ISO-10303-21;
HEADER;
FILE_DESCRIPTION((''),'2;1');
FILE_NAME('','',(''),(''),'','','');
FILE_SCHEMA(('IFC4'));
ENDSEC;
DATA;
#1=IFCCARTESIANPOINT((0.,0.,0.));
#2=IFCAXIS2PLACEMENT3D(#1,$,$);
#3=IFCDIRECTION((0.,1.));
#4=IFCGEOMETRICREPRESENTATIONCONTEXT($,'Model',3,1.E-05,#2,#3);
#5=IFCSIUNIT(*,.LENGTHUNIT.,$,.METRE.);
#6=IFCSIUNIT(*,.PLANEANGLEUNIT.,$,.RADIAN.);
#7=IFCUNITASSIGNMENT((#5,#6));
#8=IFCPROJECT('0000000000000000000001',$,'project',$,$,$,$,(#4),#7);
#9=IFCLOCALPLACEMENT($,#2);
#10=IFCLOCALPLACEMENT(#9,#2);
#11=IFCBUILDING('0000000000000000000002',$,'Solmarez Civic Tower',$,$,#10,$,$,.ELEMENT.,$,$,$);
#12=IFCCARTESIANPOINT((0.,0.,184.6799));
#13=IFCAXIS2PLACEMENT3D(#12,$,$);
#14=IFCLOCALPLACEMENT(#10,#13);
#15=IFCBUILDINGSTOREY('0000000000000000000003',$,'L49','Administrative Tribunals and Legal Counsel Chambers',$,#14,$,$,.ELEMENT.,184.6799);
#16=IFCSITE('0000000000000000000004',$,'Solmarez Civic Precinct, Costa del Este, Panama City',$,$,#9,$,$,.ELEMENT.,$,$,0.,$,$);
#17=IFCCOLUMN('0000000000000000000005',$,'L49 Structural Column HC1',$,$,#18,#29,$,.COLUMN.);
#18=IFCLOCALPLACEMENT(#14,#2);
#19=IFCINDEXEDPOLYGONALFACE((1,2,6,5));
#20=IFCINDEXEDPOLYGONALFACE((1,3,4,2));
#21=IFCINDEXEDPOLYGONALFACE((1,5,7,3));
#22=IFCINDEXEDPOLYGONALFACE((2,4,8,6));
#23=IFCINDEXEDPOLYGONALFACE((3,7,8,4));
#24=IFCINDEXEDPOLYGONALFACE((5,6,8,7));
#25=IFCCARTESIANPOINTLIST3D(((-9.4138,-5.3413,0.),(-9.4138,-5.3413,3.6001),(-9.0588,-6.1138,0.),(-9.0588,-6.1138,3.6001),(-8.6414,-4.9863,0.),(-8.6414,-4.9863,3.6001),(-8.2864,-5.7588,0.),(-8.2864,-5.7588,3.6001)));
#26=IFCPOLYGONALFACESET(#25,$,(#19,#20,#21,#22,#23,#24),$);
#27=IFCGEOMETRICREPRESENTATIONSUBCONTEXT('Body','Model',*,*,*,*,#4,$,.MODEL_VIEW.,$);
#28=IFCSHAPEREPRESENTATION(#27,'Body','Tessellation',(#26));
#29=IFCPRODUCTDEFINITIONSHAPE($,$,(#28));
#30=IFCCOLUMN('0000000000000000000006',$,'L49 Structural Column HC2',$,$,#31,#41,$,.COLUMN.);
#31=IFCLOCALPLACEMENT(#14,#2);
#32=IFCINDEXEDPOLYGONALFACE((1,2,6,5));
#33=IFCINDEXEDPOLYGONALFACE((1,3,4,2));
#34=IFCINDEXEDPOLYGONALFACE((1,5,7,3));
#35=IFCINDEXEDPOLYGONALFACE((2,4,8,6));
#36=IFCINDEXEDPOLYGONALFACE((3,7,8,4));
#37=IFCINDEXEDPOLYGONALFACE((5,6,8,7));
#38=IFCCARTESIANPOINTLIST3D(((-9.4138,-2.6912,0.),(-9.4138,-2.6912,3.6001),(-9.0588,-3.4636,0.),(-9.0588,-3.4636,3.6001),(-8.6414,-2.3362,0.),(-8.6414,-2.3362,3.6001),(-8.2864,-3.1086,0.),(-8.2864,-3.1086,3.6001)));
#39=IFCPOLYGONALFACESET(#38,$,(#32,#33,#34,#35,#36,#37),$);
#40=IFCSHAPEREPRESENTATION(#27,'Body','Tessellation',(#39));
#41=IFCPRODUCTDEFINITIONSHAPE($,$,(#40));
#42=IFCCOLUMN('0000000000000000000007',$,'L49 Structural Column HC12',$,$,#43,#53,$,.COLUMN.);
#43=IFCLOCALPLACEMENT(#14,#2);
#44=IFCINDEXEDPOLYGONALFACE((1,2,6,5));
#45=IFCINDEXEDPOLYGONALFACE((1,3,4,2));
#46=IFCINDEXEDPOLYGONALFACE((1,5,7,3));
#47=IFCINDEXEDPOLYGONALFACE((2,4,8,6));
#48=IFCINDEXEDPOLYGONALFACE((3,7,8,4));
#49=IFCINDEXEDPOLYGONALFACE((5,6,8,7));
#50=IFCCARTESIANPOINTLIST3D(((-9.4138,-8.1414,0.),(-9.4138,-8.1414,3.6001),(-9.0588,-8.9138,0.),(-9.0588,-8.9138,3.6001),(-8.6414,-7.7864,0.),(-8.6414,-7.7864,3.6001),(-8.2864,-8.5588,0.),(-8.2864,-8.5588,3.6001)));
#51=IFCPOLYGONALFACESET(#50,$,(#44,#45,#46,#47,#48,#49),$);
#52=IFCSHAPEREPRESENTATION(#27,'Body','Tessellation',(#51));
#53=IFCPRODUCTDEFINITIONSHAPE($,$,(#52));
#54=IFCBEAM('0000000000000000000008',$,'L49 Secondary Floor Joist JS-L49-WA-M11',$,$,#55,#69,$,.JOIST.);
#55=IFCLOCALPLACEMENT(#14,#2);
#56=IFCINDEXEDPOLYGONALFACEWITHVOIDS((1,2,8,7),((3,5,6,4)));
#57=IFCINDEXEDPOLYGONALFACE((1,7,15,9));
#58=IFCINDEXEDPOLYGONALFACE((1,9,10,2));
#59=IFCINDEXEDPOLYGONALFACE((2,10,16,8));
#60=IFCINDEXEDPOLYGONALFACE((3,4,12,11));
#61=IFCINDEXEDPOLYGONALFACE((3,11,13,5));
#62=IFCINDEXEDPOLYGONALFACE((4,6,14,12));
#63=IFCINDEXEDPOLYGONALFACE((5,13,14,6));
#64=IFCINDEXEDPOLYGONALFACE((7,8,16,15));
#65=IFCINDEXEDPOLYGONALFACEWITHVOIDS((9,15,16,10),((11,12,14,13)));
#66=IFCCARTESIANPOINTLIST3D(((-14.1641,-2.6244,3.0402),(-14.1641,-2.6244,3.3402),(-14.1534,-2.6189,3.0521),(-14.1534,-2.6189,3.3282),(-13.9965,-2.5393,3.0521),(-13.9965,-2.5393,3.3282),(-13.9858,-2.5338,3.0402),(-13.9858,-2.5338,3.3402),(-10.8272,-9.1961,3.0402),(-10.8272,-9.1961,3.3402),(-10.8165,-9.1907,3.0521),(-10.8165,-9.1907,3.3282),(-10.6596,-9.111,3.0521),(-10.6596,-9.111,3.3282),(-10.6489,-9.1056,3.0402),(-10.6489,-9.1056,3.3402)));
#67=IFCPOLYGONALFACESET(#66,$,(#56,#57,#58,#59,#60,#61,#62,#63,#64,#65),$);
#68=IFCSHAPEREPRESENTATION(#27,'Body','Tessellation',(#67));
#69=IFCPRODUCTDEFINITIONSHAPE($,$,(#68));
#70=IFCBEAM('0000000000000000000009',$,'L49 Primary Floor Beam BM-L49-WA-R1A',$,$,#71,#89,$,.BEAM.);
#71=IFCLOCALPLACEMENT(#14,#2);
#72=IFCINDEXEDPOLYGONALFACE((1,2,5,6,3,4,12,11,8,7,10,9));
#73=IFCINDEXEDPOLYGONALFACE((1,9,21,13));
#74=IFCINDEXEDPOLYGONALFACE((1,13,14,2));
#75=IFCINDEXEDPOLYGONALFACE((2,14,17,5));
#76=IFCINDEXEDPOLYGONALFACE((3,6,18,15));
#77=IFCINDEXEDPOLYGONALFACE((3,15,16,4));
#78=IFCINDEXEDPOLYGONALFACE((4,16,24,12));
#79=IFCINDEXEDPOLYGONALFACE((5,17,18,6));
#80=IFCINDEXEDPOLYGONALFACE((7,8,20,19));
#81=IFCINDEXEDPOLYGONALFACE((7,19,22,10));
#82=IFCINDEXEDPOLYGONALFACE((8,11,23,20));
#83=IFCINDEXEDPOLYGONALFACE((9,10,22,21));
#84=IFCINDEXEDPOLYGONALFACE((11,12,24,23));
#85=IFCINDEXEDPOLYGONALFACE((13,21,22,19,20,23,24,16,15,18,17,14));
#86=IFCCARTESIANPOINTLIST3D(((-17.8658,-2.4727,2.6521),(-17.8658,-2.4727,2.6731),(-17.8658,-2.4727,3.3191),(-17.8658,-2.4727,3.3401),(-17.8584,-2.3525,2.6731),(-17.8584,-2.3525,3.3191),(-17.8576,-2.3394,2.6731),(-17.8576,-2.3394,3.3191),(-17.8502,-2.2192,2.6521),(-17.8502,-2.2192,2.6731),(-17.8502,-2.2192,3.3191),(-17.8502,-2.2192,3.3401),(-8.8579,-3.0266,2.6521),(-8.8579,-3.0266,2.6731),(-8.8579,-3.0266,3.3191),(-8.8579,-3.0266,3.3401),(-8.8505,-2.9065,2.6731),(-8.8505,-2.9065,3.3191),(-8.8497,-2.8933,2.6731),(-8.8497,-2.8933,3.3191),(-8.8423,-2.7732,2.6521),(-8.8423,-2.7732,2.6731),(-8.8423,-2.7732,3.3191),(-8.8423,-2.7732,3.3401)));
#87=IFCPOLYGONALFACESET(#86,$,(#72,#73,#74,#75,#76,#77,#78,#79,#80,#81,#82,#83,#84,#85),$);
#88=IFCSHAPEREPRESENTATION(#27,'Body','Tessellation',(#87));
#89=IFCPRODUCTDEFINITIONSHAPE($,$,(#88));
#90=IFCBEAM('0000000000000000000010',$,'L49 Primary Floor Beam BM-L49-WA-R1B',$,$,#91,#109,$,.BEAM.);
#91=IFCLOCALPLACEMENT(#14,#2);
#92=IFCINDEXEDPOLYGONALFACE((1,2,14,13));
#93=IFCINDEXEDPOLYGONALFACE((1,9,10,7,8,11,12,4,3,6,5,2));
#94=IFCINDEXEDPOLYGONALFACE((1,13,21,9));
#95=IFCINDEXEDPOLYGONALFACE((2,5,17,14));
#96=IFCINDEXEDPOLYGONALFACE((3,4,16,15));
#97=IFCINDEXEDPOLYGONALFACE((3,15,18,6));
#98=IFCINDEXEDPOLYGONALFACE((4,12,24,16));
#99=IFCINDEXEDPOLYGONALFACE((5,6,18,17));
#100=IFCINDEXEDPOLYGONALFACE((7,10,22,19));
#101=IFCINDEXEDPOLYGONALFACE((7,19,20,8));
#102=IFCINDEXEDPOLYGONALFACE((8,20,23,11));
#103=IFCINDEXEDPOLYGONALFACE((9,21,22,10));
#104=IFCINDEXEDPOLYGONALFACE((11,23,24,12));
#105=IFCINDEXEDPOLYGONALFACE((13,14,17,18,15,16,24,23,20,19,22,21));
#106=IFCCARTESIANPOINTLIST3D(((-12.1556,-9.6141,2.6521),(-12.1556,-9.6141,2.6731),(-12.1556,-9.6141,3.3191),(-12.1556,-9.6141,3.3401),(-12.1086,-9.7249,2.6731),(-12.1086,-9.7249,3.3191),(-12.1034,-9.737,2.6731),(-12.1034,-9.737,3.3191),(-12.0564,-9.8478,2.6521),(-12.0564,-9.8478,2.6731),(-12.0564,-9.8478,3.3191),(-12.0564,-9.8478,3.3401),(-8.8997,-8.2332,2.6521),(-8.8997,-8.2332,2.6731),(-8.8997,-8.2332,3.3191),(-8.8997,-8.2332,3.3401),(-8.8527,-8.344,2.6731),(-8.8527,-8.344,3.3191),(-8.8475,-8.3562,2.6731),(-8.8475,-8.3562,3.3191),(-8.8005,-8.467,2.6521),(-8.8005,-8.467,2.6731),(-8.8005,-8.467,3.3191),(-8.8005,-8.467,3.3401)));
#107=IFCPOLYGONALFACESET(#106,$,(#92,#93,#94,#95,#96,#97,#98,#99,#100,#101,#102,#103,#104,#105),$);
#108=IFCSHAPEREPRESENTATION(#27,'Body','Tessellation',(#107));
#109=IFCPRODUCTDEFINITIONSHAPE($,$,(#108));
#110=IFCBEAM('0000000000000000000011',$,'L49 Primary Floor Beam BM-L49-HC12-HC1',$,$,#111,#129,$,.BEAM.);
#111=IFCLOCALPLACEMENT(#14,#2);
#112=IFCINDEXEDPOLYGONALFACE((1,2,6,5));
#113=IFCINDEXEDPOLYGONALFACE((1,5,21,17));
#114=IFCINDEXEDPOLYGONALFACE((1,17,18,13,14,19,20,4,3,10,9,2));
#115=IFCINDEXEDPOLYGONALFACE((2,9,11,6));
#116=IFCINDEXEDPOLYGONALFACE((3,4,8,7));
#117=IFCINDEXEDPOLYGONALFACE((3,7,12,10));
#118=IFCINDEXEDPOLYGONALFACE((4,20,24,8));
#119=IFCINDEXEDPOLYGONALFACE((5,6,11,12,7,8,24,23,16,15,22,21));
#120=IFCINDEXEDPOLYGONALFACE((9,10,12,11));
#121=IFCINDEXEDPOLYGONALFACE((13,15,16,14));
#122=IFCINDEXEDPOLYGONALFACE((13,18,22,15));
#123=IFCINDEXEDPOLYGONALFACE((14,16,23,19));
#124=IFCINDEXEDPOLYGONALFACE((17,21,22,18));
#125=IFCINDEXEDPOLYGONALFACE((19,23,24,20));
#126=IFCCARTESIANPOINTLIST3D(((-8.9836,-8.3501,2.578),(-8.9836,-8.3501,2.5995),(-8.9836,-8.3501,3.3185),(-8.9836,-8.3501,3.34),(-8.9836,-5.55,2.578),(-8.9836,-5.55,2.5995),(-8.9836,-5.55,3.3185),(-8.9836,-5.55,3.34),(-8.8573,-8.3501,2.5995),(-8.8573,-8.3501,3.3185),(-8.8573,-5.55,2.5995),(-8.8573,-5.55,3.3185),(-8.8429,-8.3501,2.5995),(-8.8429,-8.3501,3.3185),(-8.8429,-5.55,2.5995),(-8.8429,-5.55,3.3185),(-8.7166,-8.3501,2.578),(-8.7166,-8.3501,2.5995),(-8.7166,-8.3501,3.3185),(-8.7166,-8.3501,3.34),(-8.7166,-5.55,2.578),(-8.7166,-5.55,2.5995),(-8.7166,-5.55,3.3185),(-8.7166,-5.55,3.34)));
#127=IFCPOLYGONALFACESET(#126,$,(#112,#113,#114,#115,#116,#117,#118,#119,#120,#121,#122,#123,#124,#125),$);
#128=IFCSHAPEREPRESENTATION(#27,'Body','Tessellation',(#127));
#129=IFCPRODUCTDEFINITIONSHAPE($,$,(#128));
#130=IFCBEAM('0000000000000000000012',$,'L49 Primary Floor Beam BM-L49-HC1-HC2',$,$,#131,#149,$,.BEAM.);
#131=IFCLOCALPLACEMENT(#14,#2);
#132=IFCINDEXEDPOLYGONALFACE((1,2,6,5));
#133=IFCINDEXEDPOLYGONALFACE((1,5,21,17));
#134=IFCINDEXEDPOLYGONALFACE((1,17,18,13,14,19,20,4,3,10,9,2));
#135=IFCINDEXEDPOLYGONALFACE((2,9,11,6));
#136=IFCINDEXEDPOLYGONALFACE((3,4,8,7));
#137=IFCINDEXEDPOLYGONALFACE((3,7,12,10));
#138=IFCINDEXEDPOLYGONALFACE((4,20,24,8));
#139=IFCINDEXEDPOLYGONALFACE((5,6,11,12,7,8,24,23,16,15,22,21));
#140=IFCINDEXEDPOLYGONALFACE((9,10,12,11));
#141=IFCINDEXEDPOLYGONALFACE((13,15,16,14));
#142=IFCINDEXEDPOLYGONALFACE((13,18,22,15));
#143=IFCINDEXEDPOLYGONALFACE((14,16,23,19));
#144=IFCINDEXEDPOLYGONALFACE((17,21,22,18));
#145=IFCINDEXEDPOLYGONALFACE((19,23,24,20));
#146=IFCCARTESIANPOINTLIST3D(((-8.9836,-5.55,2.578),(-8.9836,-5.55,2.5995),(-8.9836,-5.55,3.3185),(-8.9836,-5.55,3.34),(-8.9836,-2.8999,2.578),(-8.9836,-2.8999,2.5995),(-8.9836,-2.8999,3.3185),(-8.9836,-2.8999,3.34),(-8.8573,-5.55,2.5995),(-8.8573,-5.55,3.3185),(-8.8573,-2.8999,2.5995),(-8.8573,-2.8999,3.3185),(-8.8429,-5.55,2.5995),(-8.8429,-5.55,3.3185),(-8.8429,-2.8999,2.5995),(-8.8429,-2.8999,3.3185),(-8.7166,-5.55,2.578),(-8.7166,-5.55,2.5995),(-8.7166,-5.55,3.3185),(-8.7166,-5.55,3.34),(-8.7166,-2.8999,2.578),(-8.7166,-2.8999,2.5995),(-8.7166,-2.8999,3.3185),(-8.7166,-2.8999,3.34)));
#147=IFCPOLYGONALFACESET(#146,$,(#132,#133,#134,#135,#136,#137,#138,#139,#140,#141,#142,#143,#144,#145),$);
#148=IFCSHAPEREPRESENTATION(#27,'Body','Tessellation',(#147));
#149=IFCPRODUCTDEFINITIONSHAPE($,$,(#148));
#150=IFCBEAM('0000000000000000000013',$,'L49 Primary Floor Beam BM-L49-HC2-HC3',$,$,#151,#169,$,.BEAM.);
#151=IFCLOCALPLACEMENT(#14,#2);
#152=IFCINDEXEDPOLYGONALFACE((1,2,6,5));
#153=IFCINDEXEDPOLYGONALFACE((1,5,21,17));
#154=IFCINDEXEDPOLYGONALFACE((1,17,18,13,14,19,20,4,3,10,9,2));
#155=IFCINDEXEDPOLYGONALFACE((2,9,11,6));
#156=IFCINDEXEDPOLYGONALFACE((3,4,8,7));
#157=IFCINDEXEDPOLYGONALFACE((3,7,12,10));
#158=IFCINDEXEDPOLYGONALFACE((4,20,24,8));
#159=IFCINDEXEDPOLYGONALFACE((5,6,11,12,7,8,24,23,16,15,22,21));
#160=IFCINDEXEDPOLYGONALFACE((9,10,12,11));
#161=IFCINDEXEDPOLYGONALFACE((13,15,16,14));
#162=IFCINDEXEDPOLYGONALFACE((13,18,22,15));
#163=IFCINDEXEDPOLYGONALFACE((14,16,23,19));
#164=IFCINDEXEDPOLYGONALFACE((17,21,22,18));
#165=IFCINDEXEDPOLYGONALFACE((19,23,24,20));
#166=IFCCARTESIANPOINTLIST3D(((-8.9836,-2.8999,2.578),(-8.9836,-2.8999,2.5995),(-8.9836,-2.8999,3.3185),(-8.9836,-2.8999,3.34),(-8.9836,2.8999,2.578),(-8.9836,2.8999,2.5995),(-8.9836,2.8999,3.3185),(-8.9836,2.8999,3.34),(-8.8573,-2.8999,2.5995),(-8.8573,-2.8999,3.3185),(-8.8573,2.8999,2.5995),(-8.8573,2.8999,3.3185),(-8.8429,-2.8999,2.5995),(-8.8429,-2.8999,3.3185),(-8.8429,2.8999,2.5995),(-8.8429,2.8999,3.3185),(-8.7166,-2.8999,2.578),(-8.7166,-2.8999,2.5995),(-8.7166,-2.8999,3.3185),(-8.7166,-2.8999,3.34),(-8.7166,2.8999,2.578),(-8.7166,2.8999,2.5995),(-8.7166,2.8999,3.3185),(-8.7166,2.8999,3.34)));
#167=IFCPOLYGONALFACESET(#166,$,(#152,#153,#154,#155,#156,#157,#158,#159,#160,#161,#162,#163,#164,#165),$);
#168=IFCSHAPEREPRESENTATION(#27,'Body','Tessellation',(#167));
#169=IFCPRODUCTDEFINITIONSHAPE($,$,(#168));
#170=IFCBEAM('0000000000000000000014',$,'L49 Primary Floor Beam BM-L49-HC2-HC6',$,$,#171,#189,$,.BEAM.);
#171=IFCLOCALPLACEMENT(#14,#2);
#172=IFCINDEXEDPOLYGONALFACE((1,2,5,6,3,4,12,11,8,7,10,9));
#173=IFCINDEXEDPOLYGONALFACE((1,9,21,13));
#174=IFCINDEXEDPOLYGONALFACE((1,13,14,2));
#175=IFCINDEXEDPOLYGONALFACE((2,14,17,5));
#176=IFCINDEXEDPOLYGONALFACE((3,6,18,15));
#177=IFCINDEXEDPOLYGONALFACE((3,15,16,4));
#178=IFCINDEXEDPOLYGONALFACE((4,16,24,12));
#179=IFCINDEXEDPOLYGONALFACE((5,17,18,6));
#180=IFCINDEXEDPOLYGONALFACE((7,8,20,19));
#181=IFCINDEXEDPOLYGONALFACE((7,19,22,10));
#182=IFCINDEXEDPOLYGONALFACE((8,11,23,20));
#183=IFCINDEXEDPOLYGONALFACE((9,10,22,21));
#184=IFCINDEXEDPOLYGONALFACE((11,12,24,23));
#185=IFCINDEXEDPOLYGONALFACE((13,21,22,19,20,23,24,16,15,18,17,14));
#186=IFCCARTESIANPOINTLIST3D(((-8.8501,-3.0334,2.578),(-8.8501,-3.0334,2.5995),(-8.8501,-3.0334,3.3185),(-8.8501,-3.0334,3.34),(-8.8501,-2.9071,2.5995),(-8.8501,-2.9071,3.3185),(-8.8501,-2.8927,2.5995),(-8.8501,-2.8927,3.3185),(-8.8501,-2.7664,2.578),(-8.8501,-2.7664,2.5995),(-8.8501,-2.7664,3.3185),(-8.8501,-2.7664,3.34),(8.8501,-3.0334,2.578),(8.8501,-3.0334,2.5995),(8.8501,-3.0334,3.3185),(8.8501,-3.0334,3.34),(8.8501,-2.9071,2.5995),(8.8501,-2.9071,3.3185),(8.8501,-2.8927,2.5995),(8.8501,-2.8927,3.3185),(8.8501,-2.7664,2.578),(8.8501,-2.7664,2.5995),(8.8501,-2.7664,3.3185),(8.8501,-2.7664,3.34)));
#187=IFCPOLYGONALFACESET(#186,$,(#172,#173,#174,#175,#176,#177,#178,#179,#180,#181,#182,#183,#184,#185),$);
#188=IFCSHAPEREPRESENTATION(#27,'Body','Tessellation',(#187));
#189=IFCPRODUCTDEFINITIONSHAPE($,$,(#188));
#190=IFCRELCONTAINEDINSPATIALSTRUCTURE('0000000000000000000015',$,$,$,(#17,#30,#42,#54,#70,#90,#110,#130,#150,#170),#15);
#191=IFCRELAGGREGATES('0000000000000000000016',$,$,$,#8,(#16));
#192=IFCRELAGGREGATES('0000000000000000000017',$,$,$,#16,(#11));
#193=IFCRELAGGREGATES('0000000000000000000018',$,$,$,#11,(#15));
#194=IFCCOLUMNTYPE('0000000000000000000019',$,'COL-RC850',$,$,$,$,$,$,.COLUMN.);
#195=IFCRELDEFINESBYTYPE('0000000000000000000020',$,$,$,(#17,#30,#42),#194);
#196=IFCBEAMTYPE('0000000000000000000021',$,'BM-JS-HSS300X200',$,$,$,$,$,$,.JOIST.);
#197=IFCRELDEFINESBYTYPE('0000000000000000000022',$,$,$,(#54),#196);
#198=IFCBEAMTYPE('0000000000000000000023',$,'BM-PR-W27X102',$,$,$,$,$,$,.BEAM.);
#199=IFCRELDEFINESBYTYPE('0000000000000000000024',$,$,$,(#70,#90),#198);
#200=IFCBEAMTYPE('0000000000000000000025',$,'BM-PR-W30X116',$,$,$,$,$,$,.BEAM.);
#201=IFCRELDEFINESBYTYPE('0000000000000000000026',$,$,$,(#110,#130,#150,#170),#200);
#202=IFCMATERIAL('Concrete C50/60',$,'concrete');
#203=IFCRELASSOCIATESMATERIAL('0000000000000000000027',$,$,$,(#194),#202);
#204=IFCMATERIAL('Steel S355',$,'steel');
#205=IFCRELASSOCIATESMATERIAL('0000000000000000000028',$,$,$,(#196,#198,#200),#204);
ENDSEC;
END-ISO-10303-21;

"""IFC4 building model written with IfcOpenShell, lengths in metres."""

from ifc_helpers import new_model, si_unit, direction, frame, origin, origin_2d, place, context, subcontext, project, spatial, rectangle, hollow_rectangle, i_section, extrude, material, material_profile, profile_set, type_object, element, save


model = new_model("IFC4")

# Units and contexts
model_context = context("Model", 3, precision=1e-05, world=origin(), true_north=direction((0.0, 1.0)))
body_context = subcontext(model_context, "Body", "Model", "MODEL_VIEW")
ifc_project = project(units=[si_unit("LENGTHUNIT", "METRE"), si_unit("PLANEANGLEUNIT", "RADIAN")], contexts=[model_context])

# Site, building, storey
site_placement = place(None, origin())
site = spatial("IfcSite", under=ifc_project, at=site_placement, Name="Solmarez Civic Precinct, Costa del Este, Panama City", CompositionType="ELEMENT", RefElevation=0.0)
building_placement = place(site_placement, origin())
building = spatial("IfcBuilding", under=site, at=building_placement, Name="Solmarez Civic Tower", CompositionType="ELEMENT")
storey_placement = place(building_placement, frame((0.0, 0.0, 184.6799)))
storey = spatial("IfcBuildingStorey", under=building, at=storey_placement, Name="L49", Description="Administrative Tribunals and Legal Counsel Chambers", CompositionType="ELEMENT", Elevation=184.6799)

# Columns
ifc_material_1 = material(Name="Concrete C50/60", Category="concrete")
ifc_material_profile_1 = material_profile(ifc_material_1, rectangle(XDim=0.8501, YDim=0.8501, at=origin_2d()), Name="RC850X850")
ifc_profile_set_1 = profile_set([ifc_material_profile_1], Name="Concrete C50/60")
column_type = type_object("IfcColumnType", Name="COL-RC850", PredefinedType="COLUMN", material=ifc_profile_set_1)
for number, where, z_axis, x_axis, name in (
    (1, (-8.8501, -5.55, 0.0), (0.0, 0.0, 1.0), (0.908654, 0.41755, 0.0), "L49 Structural Column HC1"),
    (2, (-8.8501, -2.8999, 0.0), (0.0, 0.0, 1.0), (0.908654, 0.41755, 0.0), "L49 Structural Column HC2"),
    (3, (-8.8501, -8.3501, 0.0), (0.0, 0.0, 1.0), (0.908654, 0.41755, 0.0), "L49 Structural Column HC12"),
):
    element("IfcColumn", number, at=place(storey_placement, frame(where, z_axis=z_axis, x_axis=x_axis)), inside=storey, type_object=column_type, Name=name, PredefinedType="COLUMN", context=body_context, shape_type="SweptSolid", body=[
        extrude(rectangle(XDim=0.8501, YDim=0.8501, at=origin_2d()), origin(), (0.0, 0.0, 1.0), 3.6001),
    ])

# Beams
ifc_material_2 = material(Name="Steel S355", Category="steel")
ifc_material_profile_2 = material_profile(ifc_material_2, hollow_rectangle(XDim=0.2, YDim=0.3, WallThickness=0.012, at=origin_2d()), Name="HSS300X200X12")
ifc_profile_set_2 = profile_set([ifc_material_profile_2], Name="Steel S355")
beam_type_1 = type_object("IfcBeamType", Name="BM-JS-HSS300X200", PredefinedType="JOIST", material=ifc_profile_set_2)
beam_1_placement = place(storey_placement, frame((-14.075, -2.5791, 3.1902), z_axis=(0.452743, -0.891641, 0.0), x_axis=(0.891641, 0.452743, 0.0)))
element("IfcBeam", 4, at=beam_1_placement, inside=storey, type_object=beam_type_1, Name="L49 Secondary Floor Joist JS-L49-WA-M11", PredefinedType="JOIST", context=body_context, shape_type="SweptSolid", body=[
    extrude(hollow_rectangle(XDim=0.2, YDim=0.3, WallThickness=0.012, at=origin_2d()), origin(), (0.0, 0.0, 1.0), 7.3704),
])
ifc_material_profile_3 = material_profile(ifc_material_2, i_section(OverallWidth=0.2539, OverallDepth=0.688, WebThickness=0.0132, FlangeThickness=0.021, at=origin_2d()), Name="W27X102")
ifc_profile_set_3 = profile_set([ifc_material_profile_3], Name="Steel S355")
beam_type_2 = type_object("IfcBeamType", Name="BM-PR-W27X102", PredefinedType="BEAM", material=ifc_profile_set_3)
beam_2_placement = place(storey_placement, frame((-8.8501, -2.8999, 2.9961), z_axis=(-0.998114, 0.061381, 0.0), x_axis=(-0.061381, -0.998114, 0.0)))
element("IfcBeam", 5, at=beam_2_placement, inside=storey, type_object=beam_type_2, Name="L49 Primary Floor Beam BM-L49-WA-R1A", PredefinedType="BEAM", context=body_context, shape_type="SweptSolid", body=[
    extrude(i_section(OverallWidth=0.2539, OverallDepth=0.688, WebThickness=0.0132, FlangeThickness=0.021, at=origin_2d()), origin(), (0.0, 0.0, 1.0), 9.0249),
])
beam_3_placement = place(storey_placement, frame((-8.8501, -8.3501, 2.9961), z_axis=(-0.920624, -0.390451, 0.0), x_axis=(0.390451, -0.920624, 0.0)))
element("IfcBeam", 6, at=beam_3_placement, inside=storey, type_object=beam_type_2, Name="L49 Primary Floor Beam BM-L49-WA-R1B", PredefinedType="BEAM", context=body_context, shape_type="SweptSolid", body=[
    extrude(i_section(OverallWidth=0.2539, OverallDepth=0.688, WebThickness=0.0132, FlangeThickness=0.021, at=origin_2d()), origin(), (0.0, 0.0, 1.0), 3.5366),
])
ifc_material_profile_4 = material_profile(ifc_material_2, i_section(OverallWidth=0.2671, OverallDepth=0.762, WebThickness=0.0144, FlangeThickness=0.0215, at=origin_2d()), Name="W30X116")
ifc_profile_set_4 = profile_set([ifc_material_profile_4], Name="Steel S355")
beam_type_3 = type_object("IfcBeamType", Name="BM-PR-W30X116", PredefinedType="BEAM", material=ifc_profile_set_4)
beam_4_placement = place(storey_placement, frame((-8.8501, -8.3501, 2.959), z_axis=(0.0, 1.0, 0.0), x_axis=(-1.0, 0.0, 0.0)))
element("IfcBeam", 7, at=beam_4_placement, inside=storey, type_object=beam_type_3, Name="L49 Primary Floor Beam BM-L49-HC12-HC1", PredefinedType="BEAM", context=body_context, shape_type="SweptSolid", body=[
    extrude(i_section(OverallWidth=0.2671, OverallDepth=0.762, WebThickness=0.0144, FlangeThickness=0.0215, at=origin_2d()), origin(), (0.0, 0.0, 1.0), 2.8),
])
beam_5_placement = place(storey_placement, frame((-8.8501, -5.55, 2.959), z_axis=(0.0, 1.0, 0.0), x_axis=(-1.0, 0.0, 0.0)))
element("IfcBeam", 8, at=beam_5_placement, inside=storey, type_object=beam_type_3, Name="L49 Primary Floor Beam BM-L49-HC1-HC2", PredefinedType="BEAM", context=body_context, shape_type="SweptSolid", body=[
    extrude(i_section(OverallWidth=0.2671, OverallDepth=0.762, WebThickness=0.0144, FlangeThickness=0.0215, at=origin_2d()), origin(), (0.0, 0.0, 1.0), 2.6501),
])
beam_6_placement = place(storey_placement, frame((-8.8501, -2.8999, 2.959), z_axis=(0.0, 1.0, 0.0), x_axis=(-1.0, 0.0, 0.0)))
element("IfcBeam", 9, at=beam_6_placement, inside=storey, type_object=beam_type_3, Name="L49 Primary Floor Beam BM-L49-HC2-HC3", PredefinedType="BEAM", context=body_context, shape_type="SweptSolid", body=[
    extrude(i_section(OverallWidth=0.2671, OverallDepth=0.762, WebThickness=0.0144, FlangeThickness=0.0215, at=origin_2d()), origin(), (0.0, 0.0, 1.0), 5.7998),
])
beam_7_placement = place(storey_placement, frame((-8.8501, -2.8999, 2.959), z_axis=(1.0, 0.0, 0.0), x_axis=(0.0, 1.0, 0.0)))
element("IfcBeam", 10, at=beam_7_placement, inside=storey, type_object=beam_type_3, Name="L49 Primary Floor Beam BM-L49-HC2-HC6", PredefinedType="BEAM", context=body_context, shape_type="SweptSolid", body=[
    extrude(i_section(OverallWidth=0.2671, OverallDepth=0.762, WebThickness=0.0144, FlangeThickness=0.0215, at=origin_2d()), origin(), (0.0, 0.0, 1.0), 17.7002),
])

save(model, "model.ifc")
